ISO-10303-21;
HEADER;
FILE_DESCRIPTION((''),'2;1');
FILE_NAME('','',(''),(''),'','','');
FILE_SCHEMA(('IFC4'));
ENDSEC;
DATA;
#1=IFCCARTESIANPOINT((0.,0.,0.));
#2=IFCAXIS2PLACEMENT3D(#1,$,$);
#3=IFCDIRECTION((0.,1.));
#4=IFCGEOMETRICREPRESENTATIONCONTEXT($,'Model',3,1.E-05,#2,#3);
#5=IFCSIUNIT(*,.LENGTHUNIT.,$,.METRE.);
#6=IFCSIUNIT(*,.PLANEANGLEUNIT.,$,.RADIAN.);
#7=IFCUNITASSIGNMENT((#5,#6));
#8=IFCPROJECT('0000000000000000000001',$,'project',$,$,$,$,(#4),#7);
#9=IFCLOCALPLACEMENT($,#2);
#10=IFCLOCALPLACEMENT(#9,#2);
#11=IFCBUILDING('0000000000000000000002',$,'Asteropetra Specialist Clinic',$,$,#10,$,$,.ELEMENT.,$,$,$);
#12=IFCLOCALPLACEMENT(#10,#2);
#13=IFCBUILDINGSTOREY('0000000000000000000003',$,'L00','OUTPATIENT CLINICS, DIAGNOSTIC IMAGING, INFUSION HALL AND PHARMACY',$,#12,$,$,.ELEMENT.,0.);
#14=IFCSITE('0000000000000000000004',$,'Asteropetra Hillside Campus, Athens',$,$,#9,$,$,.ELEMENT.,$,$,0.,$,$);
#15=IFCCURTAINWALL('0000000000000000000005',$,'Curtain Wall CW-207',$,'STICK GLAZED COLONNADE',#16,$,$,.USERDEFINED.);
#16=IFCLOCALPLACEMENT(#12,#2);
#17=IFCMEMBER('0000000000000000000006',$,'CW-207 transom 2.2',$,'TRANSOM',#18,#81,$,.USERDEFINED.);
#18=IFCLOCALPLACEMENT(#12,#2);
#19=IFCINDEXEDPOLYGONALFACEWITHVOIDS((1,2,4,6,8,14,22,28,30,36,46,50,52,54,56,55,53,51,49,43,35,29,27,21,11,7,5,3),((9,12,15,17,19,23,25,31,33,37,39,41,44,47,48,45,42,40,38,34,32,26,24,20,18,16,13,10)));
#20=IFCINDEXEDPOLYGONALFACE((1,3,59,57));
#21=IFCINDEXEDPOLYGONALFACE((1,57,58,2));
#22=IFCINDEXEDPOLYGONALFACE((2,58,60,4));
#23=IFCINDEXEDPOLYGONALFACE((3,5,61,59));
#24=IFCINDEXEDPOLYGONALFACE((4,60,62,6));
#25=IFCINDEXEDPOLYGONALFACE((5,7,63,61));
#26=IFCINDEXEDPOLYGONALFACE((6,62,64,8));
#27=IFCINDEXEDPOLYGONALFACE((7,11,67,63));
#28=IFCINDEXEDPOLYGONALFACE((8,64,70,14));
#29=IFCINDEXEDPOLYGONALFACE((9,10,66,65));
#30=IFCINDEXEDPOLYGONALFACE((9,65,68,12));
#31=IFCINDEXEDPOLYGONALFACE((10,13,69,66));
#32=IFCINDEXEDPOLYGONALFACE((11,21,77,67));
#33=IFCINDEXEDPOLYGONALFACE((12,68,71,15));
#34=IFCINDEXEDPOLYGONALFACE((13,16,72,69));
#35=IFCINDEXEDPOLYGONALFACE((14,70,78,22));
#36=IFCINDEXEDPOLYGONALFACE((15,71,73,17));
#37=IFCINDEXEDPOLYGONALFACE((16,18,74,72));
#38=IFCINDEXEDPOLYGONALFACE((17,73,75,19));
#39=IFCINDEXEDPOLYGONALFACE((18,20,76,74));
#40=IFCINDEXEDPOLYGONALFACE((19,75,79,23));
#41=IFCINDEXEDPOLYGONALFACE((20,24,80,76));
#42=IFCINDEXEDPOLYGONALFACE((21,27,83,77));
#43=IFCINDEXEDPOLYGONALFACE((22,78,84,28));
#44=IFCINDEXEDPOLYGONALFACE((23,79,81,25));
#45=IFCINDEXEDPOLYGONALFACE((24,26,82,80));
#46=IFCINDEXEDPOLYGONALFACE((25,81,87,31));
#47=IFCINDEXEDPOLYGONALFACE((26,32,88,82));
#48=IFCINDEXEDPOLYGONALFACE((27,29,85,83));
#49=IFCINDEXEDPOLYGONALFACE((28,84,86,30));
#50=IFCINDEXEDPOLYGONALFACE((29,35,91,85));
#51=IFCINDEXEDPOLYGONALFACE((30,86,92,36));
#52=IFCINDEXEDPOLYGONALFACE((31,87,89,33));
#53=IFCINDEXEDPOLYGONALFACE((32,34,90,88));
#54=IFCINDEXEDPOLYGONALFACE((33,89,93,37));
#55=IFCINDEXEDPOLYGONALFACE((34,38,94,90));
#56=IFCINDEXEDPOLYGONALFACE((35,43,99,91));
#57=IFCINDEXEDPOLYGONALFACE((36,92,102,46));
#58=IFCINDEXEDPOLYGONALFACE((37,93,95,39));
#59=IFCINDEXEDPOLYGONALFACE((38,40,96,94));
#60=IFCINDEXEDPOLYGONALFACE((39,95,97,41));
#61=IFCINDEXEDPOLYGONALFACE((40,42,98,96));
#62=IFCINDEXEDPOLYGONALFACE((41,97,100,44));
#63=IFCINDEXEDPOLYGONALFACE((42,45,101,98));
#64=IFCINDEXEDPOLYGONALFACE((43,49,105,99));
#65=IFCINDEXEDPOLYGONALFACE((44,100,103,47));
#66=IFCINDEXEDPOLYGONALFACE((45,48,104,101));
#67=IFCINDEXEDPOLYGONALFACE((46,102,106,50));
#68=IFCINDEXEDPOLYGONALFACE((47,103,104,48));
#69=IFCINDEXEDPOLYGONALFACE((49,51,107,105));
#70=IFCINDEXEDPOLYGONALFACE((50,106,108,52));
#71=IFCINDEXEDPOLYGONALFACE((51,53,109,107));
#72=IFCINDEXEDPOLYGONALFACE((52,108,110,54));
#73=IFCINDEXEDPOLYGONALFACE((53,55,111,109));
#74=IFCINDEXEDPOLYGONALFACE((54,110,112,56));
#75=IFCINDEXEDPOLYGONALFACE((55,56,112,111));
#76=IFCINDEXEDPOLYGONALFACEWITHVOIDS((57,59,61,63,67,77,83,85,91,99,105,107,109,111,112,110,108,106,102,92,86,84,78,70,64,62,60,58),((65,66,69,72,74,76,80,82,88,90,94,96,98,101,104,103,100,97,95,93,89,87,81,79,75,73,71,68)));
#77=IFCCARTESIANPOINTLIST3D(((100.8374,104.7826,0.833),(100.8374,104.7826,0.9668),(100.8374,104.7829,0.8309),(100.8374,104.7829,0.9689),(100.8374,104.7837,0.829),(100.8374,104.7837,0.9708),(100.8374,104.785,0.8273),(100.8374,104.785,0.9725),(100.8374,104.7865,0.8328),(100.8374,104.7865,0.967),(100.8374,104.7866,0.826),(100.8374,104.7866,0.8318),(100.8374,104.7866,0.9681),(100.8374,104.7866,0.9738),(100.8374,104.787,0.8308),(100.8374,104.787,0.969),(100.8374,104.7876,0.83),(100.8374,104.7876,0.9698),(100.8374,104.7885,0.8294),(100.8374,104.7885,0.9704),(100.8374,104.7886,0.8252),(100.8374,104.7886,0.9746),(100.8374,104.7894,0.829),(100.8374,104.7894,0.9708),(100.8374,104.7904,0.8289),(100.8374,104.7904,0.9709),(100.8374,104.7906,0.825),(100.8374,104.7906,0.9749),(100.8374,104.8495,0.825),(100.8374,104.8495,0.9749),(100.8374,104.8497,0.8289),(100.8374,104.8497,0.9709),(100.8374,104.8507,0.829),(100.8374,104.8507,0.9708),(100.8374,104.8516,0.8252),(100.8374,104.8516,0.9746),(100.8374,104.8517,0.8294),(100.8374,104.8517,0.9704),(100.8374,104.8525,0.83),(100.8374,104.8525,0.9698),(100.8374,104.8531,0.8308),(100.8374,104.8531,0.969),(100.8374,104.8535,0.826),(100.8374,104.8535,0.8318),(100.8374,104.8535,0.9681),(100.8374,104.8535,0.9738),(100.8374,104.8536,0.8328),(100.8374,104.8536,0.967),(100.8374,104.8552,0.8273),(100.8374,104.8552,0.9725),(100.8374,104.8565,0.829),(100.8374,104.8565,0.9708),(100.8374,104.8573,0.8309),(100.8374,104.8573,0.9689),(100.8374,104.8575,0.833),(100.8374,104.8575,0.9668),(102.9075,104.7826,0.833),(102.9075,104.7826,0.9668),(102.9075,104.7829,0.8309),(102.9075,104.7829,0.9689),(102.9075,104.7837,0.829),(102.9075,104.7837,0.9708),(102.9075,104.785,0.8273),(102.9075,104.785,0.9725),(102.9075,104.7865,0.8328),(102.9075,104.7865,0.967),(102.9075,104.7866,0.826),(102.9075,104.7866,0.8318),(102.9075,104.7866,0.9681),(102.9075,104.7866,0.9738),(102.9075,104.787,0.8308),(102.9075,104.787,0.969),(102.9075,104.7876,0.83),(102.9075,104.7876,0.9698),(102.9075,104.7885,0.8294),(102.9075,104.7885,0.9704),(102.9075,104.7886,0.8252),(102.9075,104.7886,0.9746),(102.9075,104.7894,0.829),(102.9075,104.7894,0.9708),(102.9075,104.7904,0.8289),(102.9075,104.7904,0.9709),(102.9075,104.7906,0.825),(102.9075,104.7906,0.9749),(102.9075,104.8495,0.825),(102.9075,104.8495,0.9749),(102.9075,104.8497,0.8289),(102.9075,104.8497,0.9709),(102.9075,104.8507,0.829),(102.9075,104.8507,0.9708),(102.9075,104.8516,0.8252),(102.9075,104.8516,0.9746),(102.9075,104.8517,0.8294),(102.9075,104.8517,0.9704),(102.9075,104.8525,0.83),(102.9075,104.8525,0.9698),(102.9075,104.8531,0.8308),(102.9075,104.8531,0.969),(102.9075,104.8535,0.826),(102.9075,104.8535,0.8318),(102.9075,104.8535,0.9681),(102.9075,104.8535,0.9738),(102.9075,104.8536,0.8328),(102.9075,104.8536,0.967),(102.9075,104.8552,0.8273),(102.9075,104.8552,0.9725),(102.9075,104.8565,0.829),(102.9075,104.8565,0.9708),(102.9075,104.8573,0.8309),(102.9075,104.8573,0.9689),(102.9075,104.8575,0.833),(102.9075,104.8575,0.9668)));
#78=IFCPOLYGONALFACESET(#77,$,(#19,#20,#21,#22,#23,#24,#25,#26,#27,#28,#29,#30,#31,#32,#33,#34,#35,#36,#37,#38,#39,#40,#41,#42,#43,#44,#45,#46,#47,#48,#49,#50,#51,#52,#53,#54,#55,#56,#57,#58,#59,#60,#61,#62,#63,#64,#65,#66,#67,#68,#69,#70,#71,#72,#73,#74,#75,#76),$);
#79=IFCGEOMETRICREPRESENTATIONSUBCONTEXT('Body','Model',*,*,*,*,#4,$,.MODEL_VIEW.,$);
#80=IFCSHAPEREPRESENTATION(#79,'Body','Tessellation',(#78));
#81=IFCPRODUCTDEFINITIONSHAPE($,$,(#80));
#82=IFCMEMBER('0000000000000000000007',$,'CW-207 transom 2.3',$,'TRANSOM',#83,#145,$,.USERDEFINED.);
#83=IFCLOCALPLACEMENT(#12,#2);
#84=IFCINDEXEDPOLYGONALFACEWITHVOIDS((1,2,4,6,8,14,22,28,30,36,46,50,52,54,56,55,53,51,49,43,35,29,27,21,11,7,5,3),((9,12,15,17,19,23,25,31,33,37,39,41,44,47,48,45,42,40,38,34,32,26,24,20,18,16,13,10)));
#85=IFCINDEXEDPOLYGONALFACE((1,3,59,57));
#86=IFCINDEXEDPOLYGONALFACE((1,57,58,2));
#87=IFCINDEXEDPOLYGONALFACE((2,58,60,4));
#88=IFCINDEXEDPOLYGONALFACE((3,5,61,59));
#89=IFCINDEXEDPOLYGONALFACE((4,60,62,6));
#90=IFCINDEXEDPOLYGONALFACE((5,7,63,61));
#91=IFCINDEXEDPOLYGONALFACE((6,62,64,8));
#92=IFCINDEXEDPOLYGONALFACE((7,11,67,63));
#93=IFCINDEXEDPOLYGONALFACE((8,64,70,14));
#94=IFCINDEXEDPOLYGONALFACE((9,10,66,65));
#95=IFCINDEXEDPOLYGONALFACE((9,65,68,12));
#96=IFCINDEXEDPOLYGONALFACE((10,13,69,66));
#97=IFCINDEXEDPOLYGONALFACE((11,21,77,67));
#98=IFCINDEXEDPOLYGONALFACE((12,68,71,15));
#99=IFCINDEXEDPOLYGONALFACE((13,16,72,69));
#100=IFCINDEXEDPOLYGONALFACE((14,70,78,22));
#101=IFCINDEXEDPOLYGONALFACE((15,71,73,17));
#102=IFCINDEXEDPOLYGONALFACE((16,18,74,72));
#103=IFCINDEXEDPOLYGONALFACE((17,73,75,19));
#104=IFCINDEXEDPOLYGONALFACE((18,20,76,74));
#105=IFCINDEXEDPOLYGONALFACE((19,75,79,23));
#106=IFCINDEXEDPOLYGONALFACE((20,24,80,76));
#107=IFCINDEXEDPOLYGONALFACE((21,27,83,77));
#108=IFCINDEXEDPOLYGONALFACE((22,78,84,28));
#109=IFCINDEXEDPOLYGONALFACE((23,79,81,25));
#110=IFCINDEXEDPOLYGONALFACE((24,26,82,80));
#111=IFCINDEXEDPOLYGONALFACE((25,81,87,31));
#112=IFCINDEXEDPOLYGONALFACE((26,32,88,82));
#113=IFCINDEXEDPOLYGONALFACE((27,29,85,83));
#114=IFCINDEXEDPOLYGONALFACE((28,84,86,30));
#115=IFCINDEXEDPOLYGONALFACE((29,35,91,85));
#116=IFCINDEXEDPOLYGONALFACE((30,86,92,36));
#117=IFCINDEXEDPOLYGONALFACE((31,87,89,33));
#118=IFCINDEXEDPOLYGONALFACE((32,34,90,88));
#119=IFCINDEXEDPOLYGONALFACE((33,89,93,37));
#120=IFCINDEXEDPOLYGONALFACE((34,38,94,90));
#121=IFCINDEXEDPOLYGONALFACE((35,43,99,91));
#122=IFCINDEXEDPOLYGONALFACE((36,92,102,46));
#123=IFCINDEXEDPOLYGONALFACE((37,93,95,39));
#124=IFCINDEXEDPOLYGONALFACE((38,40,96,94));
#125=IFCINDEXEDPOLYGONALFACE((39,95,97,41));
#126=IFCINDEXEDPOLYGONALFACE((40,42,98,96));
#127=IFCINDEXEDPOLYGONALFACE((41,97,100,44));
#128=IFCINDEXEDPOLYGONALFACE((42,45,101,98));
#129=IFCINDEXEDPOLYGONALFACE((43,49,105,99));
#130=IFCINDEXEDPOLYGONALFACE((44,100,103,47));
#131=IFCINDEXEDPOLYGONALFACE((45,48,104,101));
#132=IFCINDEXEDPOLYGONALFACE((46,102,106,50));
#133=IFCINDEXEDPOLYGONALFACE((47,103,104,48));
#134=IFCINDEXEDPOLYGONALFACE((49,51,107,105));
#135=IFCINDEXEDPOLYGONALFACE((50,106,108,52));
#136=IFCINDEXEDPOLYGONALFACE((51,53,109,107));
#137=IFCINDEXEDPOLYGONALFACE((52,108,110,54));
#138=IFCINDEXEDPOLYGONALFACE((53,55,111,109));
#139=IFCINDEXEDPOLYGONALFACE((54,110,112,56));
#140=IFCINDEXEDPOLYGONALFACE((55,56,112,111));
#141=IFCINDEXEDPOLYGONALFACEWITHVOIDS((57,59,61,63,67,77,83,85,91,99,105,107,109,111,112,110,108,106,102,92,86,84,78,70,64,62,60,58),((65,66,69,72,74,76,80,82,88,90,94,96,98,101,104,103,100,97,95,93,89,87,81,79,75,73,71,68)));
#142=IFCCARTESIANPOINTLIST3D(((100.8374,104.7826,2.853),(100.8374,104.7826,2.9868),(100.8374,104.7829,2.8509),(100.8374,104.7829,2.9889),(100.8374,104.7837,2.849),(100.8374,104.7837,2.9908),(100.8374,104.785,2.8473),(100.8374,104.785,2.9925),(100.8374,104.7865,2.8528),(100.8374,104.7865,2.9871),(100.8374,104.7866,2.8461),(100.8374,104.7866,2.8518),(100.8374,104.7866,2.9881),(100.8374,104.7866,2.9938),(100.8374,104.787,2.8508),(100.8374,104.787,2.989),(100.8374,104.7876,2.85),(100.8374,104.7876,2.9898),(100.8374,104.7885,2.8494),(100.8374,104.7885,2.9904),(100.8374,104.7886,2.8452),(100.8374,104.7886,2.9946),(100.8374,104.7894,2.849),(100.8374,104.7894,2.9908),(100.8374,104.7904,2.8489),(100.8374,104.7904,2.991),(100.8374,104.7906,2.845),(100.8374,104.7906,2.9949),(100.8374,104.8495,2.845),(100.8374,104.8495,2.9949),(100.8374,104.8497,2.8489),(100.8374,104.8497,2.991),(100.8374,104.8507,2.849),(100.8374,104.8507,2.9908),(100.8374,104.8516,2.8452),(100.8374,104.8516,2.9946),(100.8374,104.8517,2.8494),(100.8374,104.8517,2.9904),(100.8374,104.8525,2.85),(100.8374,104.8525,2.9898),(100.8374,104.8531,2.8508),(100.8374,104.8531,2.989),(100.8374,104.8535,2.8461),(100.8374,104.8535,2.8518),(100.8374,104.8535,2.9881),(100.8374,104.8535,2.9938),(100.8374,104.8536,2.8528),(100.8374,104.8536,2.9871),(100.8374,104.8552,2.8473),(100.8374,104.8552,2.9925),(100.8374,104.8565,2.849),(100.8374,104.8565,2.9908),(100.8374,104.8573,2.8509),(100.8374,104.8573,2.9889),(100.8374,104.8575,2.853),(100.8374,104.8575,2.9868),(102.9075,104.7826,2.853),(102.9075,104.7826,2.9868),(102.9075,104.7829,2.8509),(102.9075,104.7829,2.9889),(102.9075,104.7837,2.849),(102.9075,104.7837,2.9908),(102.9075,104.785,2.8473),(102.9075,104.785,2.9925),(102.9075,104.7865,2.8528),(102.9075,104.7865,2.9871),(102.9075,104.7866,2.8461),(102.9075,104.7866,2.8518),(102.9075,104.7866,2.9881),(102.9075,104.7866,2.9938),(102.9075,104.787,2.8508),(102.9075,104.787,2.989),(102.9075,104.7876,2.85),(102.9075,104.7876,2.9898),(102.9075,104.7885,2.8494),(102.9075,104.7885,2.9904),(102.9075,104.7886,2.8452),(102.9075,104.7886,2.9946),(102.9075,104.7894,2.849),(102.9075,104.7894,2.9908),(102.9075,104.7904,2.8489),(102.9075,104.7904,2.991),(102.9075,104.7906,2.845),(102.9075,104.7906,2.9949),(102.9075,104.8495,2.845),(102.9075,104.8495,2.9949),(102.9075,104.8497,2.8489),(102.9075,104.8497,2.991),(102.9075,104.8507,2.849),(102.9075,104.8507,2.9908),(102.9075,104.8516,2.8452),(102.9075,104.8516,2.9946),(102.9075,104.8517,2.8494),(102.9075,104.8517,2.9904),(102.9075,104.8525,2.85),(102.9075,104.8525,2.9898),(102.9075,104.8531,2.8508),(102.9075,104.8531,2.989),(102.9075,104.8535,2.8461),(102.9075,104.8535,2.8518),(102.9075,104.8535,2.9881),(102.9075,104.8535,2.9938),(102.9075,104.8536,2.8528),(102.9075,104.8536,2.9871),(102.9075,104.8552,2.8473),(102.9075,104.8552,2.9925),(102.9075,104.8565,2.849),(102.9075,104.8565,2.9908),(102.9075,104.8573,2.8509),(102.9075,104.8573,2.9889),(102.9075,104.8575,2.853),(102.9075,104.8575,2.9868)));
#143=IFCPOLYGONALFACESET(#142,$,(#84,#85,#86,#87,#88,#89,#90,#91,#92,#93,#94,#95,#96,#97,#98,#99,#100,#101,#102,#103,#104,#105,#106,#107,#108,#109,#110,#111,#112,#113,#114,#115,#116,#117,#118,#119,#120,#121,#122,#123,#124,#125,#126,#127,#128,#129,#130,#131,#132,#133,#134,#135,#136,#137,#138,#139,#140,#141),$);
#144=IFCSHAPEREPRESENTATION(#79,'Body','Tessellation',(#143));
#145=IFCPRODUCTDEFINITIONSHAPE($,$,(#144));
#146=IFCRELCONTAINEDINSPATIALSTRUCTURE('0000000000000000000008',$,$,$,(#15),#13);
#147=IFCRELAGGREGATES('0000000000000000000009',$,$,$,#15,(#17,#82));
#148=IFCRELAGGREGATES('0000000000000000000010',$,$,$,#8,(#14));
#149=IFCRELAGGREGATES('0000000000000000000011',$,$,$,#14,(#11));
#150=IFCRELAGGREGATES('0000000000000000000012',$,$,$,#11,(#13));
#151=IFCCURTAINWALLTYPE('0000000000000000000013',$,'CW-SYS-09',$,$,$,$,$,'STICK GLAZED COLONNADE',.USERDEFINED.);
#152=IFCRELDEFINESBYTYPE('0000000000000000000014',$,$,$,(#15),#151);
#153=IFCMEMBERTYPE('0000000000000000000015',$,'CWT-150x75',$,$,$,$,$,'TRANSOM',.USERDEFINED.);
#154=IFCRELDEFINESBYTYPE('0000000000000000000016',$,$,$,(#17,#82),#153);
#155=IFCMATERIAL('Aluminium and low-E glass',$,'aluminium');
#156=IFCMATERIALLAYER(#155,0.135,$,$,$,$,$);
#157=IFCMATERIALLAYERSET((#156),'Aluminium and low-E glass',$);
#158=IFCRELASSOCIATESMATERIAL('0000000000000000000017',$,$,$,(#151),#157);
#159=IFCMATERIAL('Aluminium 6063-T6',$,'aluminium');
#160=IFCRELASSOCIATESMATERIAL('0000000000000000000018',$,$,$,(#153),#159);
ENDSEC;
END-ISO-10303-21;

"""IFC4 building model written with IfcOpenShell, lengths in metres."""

from ifc_helpers import new_model, si_unit, direction, frame, origin, origin_2d, place, context, subcontext, project, spatial, hollow_rectangle, extrude, material, layer, layer_set, material_profile, profile_set, type_object, element, aggregate, save


model = new_model("IFC4")

# Units and contexts
model_context = context("Model", 3, precision=1e-05, world=origin(), true_north=direction((0.0, 1.0)))
body_context = subcontext(model_context, "Body", "Model", "MODEL_VIEW")
ifc_project = project(units=[si_unit("LENGTHUNIT", "METRE"), si_unit("PLANEANGLEUNIT", "RADIAN")], contexts=[model_context])

# Site, building, storey
site_placement = place(None, origin())
site = spatial("IfcSite", under=ifc_project, at=site_placement, Name="Asteropetra Hillside Campus, Athens", CompositionType="ELEMENT", RefElevation=0.0)
building_placement = place(site_placement, origin())
building = spatial("IfcBuilding", under=site, at=building_placement, Name="Asteropetra Specialist Clinic", CompositionType="ELEMENT")
storey_placement = place(building_placement, origin())
storey = spatial("IfcBuildingStorey", under=building, at=storey_placement, Name="L00", Description="OUTPATIENT CLINICS, DIAGNOSTIC IMAGING, INFUSION HALL AND PHARMACY", CompositionType="ELEMENT", Elevation=0.0)

# Curtain wall, members
ifc_material_1 = material(Name="Aluminium and low-E glass", Category="aluminium")
ifc_layer_1 = layer(ifc_material_1, 0.135)
ifc_layer_set_1 = layer_set([ifc_layer_1], Name="Aluminium and low-E glass")
curtain_wall_type = type_object("IfcCurtainWallType", Name="CW-SYS-09", ElementType="STICK GLAZED COLONNADE", PredefinedType="USERDEFINED", material=ifc_layer_set_1)
curtain_wall_placement = place(storey_placement, origin())
curtain_wall = element("IfcCurtainWall", 1, at=curtain_wall_placement, inside=storey, type_object=curtain_wall_type, Name="Curtain Wall CW-207", ObjectType="STICK GLAZED COLONNADE", PredefinedType="USERDEFINED")
ifc_material_2 = material(Name="Aluminium 6063-T6", Category="aluminium")
ifc_material_profile_1 = material_profile(ifc_material_2, hollow_rectangle(XDim=0.075, YDim=0.1499, WallThickness=0.0039, InnerFilletRadius=0.0039, OuterFilletRadius=0.0081, at=origin_2d()), Name="TRN 150x75x4.0")
ifc_profile_set_1 = profile_set([ifc_material_profile_1], Name="Aluminium 6063-T6")
member_type_1 = type_object("IfcMemberType", Name="CWT-150x75", ElementType="TRANSOM", PredefinedType="USERDEFINED", material=ifc_profile_set_1)
member_1_placement = place(storey_placement, frame((102.9075, 104.8201, 0.8999), z_axis=(-1.0, 0.0, 0.0), x_axis=(0.0, -1.0, 0.0)))
member_1 = element("IfcMember", 2, at=member_1_placement, type_object=member_type_1, Name="CW-207 transom 2.2", ObjectType="TRANSOM", PredefinedType="USERDEFINED", context=body_context, shape_type="SweptSolid", body=[
    extrude(hollow_rectangle(XDim=0.075, YDim=0.1499, WallThickness=0.0039, InnerFilletRadius=0.0039, OuterFilletRadius=0.0081, at=origin_2d()), origin(), (0.0, 0.0, 1.0), 2.0701),
])
member_2_placement = place(storey_placement, frame((102.9075, 104.8201, 2.9199), z_axis=(-1.0, 0.0, 0.0), x_axis=(0.0, -1.0, 0.0)))
member_2 = element("IfcMember", 3, at=member_2_placement, type_object=member_type_1, Name="CW-207 transom 2.3", ObjectType="TRANSOM", PredefinedType="USERDEFINED", context=body_context, shape_type="SweptSolid", body=[
    extrude(hollow_rectangle(XDim=0.075, YDim=0.1499, WallThickness=0.0039, InnerFilletRadius=0.0039, OuterFilletRadius=0.0081, at=origin_2d()), origin(), (0.0, 0.0, 1.0), 2.0701),
])
aggregate(curtain_wall, [member_1, member_2])

save(model, "model.ifc")
